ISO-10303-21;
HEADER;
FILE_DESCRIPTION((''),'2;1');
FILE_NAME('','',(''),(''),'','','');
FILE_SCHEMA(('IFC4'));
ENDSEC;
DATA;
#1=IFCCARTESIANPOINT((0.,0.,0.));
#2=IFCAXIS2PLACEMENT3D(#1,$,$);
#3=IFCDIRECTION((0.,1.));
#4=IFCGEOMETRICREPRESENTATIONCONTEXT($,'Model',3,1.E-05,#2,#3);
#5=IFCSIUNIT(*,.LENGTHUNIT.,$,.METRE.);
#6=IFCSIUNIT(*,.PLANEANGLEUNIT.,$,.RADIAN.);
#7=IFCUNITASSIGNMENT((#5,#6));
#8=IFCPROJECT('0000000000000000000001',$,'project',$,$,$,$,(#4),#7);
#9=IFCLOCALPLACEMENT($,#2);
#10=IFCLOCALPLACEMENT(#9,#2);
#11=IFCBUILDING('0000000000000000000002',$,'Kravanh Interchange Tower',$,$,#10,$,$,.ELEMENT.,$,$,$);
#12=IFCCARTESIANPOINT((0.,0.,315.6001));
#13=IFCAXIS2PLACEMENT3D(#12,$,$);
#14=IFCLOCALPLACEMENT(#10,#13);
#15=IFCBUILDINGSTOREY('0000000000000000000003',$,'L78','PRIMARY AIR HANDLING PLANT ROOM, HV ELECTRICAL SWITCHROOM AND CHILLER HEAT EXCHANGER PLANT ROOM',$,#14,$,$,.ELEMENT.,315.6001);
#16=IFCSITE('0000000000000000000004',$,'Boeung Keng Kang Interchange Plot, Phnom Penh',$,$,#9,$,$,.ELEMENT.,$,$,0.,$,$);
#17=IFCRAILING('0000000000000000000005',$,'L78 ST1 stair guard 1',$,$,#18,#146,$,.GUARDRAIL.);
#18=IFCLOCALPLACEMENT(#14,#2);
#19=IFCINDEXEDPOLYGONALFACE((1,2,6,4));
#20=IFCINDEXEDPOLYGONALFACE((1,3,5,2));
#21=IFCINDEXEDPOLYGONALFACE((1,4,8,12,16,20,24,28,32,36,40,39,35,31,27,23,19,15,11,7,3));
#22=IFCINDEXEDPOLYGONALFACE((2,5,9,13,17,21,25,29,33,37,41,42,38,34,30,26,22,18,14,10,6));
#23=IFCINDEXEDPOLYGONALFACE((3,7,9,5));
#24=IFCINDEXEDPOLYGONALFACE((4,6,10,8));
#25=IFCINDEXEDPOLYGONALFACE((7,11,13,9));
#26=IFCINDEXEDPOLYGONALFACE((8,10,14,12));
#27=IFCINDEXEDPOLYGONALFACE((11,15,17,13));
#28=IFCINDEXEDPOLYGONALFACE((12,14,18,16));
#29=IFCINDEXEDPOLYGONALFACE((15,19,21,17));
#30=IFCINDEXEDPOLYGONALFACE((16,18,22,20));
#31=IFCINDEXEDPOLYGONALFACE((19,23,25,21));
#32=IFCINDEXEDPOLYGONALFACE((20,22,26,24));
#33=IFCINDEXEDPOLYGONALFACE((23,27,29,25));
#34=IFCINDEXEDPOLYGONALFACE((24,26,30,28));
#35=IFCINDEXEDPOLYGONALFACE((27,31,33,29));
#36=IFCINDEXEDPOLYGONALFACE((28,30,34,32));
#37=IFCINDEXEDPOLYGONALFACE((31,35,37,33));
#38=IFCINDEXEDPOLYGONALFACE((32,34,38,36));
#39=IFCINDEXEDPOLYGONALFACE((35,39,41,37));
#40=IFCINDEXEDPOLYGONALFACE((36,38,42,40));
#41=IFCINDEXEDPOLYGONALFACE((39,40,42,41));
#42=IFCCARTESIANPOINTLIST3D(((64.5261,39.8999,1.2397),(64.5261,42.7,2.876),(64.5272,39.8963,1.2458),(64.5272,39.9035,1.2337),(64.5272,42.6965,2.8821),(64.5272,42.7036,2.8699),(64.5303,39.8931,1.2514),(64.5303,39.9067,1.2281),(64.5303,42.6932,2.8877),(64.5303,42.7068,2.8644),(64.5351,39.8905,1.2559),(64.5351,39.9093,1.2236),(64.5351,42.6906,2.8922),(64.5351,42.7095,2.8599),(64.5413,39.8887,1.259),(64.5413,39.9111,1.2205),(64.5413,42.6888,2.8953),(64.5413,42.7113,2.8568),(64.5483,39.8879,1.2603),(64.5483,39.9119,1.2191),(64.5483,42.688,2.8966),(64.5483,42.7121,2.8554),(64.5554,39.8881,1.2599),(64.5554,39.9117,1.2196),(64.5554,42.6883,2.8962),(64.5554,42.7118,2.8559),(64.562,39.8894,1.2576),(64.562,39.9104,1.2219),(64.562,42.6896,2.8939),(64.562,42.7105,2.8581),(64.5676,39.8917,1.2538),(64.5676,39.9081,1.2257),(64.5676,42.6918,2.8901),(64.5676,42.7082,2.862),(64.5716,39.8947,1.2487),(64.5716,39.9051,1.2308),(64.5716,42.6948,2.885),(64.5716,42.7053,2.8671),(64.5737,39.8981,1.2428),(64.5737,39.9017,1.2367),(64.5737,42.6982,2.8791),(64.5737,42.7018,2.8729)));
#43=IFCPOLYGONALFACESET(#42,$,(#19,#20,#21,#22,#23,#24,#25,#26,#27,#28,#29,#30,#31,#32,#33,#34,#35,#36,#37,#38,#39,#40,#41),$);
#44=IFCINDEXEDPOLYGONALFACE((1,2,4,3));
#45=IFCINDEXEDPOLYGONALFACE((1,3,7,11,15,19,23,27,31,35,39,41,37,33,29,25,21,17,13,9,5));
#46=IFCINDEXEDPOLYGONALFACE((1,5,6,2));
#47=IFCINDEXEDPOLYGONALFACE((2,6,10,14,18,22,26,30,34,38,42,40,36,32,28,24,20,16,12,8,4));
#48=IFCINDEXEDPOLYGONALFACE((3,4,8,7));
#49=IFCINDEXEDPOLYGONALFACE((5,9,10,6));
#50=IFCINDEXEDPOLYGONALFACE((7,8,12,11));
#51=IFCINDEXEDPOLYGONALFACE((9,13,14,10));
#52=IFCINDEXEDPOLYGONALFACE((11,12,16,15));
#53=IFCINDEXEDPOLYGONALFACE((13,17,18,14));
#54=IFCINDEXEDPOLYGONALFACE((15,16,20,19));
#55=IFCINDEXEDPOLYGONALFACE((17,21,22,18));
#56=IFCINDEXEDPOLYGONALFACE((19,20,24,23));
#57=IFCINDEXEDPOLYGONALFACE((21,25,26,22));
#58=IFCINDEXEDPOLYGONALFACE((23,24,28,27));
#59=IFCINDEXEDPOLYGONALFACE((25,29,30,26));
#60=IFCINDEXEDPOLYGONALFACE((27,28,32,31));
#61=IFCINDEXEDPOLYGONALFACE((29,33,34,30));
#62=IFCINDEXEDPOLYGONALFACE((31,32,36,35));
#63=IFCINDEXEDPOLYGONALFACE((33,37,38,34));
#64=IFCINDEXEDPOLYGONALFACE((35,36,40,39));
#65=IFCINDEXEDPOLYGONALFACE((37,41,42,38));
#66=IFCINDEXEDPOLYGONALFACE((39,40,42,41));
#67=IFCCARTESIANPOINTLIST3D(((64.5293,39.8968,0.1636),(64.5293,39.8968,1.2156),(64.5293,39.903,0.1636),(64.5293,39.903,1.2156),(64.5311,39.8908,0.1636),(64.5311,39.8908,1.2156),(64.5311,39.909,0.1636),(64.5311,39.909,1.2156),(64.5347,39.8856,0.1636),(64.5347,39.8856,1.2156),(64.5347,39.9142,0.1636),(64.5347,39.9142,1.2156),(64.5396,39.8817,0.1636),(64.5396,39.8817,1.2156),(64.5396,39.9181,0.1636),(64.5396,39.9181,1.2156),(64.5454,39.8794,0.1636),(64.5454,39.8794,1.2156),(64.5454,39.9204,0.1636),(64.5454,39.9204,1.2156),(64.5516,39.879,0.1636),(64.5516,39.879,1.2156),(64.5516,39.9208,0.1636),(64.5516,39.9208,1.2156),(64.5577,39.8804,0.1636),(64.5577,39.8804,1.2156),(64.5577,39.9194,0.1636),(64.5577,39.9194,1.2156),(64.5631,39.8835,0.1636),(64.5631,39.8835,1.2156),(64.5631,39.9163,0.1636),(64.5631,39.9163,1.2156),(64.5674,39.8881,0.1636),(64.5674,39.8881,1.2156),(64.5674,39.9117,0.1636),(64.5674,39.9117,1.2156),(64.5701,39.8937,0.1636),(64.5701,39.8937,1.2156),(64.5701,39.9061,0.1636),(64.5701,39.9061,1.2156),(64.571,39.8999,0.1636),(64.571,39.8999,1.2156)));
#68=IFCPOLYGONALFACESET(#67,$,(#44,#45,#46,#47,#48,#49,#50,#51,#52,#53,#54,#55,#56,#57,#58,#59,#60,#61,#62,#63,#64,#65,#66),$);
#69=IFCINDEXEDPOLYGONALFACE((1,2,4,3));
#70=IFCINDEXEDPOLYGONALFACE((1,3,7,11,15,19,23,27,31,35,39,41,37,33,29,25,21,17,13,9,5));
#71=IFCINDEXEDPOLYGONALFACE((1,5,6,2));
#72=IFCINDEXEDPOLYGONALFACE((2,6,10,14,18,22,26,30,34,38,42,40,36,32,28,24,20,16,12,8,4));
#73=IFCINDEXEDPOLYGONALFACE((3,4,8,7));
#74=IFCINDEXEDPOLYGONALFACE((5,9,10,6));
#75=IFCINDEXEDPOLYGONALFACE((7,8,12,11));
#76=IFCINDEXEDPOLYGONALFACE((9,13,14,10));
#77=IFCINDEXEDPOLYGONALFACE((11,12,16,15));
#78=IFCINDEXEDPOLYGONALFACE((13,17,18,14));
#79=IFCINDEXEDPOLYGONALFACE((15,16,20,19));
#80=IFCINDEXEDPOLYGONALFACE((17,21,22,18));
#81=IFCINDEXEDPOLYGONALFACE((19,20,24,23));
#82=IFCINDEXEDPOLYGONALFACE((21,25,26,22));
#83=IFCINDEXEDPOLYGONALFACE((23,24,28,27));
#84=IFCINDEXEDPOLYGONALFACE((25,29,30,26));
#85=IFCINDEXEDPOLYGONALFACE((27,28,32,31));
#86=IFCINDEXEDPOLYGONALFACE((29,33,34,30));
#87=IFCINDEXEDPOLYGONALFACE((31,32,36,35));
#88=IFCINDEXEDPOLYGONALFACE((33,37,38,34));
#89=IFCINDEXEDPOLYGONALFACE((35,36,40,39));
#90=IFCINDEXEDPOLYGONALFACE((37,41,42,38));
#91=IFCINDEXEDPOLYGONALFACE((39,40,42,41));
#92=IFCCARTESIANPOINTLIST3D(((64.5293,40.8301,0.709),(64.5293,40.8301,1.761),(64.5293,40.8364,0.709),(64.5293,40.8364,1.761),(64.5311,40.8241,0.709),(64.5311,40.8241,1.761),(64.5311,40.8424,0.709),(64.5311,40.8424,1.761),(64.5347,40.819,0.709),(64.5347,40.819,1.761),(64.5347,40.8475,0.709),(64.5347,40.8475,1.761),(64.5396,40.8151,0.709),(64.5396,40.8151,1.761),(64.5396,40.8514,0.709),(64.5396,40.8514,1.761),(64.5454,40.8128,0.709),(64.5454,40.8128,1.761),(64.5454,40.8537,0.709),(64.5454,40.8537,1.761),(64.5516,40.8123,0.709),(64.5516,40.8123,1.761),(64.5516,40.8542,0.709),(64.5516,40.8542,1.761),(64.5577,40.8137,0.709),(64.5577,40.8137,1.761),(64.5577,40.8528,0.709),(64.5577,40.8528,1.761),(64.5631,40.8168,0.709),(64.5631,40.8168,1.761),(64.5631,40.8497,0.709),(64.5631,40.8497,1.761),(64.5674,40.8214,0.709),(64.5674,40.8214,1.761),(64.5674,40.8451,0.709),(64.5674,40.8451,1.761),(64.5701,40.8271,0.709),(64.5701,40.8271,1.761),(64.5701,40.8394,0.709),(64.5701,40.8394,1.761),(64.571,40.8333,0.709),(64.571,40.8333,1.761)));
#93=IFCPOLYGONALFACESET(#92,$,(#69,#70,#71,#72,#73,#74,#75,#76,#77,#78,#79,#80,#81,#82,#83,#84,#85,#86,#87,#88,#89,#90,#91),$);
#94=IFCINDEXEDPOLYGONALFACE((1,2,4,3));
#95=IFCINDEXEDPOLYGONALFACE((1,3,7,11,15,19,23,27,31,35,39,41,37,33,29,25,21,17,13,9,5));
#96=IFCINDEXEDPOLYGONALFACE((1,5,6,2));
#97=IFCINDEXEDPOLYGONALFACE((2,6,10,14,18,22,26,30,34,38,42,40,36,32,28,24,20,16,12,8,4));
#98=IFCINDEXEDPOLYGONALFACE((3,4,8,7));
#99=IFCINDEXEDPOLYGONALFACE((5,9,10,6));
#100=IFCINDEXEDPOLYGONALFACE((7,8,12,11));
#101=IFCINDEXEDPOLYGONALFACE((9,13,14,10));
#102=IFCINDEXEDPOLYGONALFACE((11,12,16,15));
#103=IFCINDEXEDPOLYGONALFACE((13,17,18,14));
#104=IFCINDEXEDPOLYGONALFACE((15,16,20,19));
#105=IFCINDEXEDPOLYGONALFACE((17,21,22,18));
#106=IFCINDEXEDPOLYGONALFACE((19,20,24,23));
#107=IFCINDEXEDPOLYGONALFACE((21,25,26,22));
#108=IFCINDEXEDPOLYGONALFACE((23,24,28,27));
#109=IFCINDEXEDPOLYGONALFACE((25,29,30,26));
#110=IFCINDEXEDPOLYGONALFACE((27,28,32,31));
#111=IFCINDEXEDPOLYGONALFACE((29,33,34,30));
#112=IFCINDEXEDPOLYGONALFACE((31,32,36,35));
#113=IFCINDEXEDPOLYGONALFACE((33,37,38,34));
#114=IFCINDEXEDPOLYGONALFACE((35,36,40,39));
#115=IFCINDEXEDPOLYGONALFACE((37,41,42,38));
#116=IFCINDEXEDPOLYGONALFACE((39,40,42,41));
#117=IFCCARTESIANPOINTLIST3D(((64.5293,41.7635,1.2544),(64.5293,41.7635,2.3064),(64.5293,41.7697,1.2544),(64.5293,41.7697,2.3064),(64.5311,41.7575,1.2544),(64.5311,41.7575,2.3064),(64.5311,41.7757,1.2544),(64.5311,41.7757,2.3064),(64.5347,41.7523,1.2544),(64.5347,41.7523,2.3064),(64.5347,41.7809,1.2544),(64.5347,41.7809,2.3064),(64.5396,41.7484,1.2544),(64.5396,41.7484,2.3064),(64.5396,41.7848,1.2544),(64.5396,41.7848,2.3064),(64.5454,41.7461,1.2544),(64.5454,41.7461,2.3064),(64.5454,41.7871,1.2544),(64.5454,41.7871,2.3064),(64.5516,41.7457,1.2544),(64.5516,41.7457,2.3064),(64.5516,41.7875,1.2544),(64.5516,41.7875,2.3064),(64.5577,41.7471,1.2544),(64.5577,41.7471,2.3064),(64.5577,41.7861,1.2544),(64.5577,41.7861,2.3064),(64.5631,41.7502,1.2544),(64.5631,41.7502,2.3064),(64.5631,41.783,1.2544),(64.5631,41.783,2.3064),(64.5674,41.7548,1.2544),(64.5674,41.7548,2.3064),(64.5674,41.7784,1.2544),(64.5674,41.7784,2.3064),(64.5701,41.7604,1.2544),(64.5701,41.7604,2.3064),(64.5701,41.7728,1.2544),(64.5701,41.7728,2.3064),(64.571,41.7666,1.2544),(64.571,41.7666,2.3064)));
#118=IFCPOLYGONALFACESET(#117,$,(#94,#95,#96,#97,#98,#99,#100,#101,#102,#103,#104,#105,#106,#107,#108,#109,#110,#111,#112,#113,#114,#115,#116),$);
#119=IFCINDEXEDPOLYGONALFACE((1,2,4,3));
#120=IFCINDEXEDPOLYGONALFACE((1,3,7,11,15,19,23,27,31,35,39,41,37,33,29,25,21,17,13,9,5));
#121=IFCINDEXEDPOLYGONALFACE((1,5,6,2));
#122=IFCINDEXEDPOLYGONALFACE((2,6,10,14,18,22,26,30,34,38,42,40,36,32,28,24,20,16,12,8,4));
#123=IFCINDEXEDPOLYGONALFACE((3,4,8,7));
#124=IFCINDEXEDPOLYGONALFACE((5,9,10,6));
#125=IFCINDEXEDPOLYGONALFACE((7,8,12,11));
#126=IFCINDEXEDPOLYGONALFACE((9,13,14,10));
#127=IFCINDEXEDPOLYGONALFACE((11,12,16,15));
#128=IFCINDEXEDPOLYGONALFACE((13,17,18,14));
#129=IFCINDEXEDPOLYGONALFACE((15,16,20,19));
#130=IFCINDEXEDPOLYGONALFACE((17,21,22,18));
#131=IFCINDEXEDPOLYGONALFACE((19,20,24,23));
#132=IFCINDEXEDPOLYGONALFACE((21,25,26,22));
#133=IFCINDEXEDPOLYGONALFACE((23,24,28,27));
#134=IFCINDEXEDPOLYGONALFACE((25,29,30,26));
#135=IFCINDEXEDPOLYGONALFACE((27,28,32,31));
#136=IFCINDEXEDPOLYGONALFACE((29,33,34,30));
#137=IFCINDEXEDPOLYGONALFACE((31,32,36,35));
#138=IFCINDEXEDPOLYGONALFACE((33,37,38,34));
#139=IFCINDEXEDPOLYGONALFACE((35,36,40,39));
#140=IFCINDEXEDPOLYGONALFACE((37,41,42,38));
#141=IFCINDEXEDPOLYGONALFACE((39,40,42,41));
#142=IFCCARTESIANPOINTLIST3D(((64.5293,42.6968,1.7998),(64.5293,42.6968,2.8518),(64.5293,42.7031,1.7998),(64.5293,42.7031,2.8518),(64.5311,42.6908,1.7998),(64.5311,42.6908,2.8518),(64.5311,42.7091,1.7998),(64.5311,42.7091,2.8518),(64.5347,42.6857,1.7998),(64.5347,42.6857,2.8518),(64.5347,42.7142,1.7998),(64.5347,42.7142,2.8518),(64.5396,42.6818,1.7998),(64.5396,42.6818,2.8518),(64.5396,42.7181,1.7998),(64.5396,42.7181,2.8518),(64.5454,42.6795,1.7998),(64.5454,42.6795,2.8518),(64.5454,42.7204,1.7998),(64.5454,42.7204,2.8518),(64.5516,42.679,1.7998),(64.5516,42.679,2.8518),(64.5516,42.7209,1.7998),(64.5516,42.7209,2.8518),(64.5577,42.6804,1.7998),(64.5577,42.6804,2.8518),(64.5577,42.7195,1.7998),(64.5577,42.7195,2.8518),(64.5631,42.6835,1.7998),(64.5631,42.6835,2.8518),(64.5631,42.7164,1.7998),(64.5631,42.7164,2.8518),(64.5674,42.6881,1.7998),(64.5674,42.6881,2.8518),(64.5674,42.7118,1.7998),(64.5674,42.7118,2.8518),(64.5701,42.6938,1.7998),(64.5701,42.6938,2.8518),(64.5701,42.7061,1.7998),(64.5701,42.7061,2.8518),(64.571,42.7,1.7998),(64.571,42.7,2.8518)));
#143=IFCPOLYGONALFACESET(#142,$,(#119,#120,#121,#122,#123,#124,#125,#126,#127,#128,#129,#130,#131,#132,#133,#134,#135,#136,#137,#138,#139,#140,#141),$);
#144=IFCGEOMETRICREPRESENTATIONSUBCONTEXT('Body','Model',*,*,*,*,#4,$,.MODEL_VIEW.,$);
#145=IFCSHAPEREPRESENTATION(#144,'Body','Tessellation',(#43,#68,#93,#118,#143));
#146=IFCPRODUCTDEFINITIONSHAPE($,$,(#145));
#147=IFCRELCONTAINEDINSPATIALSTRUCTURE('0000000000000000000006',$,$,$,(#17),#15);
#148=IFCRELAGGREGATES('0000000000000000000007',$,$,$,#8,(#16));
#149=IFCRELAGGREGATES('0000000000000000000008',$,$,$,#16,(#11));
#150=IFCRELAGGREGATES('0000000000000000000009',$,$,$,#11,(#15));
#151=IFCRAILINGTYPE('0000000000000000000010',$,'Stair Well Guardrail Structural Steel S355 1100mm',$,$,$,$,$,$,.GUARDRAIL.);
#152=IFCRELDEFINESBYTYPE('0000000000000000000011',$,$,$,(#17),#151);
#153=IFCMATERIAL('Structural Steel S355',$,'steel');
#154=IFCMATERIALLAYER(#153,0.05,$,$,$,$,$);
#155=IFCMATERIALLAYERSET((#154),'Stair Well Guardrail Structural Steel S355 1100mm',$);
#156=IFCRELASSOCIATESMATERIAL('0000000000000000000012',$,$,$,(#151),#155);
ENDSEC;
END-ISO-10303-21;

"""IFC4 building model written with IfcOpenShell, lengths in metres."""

from ifc_helpers import new_model, si_unit, direction, frame, origin, origin_2d, place, context, subcontext, project, spatial, circle, extrude, material, layer, layer_set, type_object, element, save


model = new_model("IFC4")

# Units and contexts
model_context = context("Model", 3, precision=1e-05, world=origin(), true_north=direction((0.0, 1.0)))
body_context = subcontext(model_context, "Body", "Model", "MODEL_VIEW")
ifc_project = project(units=[si_unit("LENGTHUNIT", "METRE"), si_unit("PLANEANGLEUNIT", "RADIAN")], contexts=[model_context])

# Site, building, storey
site_placement = place(None, origin())
site = spatial("IfcSite", under=ifc_project, at=site_placement, Name="Boeung Keng Kang Interchange Plot, Phnom Penh", CompositionType="ELEMENT", RefElevation=0.0)
building_placement = place(site_placement, origin())
building = spatial("IfcBuilding", under=site, at=building_placement, Name="Kravanh Interchange Tower", CompositionType="ELEMENT")
storey_placement = place(building_placement, frame((0.0, 0.0, 315.6001)))
storey = spatial("IfcBuildingStorey", under=building, at=storey_placement, Name="L78", Description="PRIMARY AIR HANDLING PLANT ROOM, HV ELECTRICAL SWITCHROOM AND CHILLER HEAT EXCHANGER PLANT ROOM", CompositionType="ELEMENT", Elevation=315.6001)

# Railing
ifc_material_1 = material(Name="Structural Steel S355", Category="steel")
ifc_layer_1 = layer(ifc_material_1, 0.05)
ifc_layer_set_1 = layer_set([ifc_layer_1], Name="Stair Well Guardrail Structural Steel S355 1100mm")
railing_type_1 = type_object("IfcRailingType", Name="Stair Well Guardrail Structural Steel S355 1100mm", PredefinedType="GUARDRAIL", material=ifc_layer_set_1)
railing_1_placement = place(storey_placement, frame((64.55, 39.8999, 0.1636)))
element("IfcRailing", 1, at=railing_1_placement, inside=storey, type_object=railing_type_1, Name="L78 ST1 stair guard 1", PredefinedType="GUARDRAIL", context=body_context, shape_type="SweptSolid", body=[
    extrude(circle(Radius=0.0239, at=origin_2d()), frame((0.0, 0.0, 1.0762), z_axis=(0.0, 0.863394, 0.504531), x_axis=(-1.0, 0.0, 0.0)), (0.0, 0.0, 1.0), 3.2432),
    extrude(circle(Radius=0.021, at=origin_2d()), origin(), (0.0, 0.0, 1.0), 1.052),
    extrude(circle(Radius=0.021, at=origin_2d()), frame((0.0, 0.9333, 0.5454)), (0.0, 0.0, 1.0), 1.052),
    extrude(circle(Radius=0.021, at=origin_2d()), frame((0.0, 1.8667, 1.0908)), (0.0, 0.0, 1.0), 1.052),
    extrude(circle(Radius=0.021, at=origin_2d()), frame((0.0, 2.8, 1.6362)), (0.0, 0.0, 1.0), 1.052),
])

save(model, "model.ifc")
